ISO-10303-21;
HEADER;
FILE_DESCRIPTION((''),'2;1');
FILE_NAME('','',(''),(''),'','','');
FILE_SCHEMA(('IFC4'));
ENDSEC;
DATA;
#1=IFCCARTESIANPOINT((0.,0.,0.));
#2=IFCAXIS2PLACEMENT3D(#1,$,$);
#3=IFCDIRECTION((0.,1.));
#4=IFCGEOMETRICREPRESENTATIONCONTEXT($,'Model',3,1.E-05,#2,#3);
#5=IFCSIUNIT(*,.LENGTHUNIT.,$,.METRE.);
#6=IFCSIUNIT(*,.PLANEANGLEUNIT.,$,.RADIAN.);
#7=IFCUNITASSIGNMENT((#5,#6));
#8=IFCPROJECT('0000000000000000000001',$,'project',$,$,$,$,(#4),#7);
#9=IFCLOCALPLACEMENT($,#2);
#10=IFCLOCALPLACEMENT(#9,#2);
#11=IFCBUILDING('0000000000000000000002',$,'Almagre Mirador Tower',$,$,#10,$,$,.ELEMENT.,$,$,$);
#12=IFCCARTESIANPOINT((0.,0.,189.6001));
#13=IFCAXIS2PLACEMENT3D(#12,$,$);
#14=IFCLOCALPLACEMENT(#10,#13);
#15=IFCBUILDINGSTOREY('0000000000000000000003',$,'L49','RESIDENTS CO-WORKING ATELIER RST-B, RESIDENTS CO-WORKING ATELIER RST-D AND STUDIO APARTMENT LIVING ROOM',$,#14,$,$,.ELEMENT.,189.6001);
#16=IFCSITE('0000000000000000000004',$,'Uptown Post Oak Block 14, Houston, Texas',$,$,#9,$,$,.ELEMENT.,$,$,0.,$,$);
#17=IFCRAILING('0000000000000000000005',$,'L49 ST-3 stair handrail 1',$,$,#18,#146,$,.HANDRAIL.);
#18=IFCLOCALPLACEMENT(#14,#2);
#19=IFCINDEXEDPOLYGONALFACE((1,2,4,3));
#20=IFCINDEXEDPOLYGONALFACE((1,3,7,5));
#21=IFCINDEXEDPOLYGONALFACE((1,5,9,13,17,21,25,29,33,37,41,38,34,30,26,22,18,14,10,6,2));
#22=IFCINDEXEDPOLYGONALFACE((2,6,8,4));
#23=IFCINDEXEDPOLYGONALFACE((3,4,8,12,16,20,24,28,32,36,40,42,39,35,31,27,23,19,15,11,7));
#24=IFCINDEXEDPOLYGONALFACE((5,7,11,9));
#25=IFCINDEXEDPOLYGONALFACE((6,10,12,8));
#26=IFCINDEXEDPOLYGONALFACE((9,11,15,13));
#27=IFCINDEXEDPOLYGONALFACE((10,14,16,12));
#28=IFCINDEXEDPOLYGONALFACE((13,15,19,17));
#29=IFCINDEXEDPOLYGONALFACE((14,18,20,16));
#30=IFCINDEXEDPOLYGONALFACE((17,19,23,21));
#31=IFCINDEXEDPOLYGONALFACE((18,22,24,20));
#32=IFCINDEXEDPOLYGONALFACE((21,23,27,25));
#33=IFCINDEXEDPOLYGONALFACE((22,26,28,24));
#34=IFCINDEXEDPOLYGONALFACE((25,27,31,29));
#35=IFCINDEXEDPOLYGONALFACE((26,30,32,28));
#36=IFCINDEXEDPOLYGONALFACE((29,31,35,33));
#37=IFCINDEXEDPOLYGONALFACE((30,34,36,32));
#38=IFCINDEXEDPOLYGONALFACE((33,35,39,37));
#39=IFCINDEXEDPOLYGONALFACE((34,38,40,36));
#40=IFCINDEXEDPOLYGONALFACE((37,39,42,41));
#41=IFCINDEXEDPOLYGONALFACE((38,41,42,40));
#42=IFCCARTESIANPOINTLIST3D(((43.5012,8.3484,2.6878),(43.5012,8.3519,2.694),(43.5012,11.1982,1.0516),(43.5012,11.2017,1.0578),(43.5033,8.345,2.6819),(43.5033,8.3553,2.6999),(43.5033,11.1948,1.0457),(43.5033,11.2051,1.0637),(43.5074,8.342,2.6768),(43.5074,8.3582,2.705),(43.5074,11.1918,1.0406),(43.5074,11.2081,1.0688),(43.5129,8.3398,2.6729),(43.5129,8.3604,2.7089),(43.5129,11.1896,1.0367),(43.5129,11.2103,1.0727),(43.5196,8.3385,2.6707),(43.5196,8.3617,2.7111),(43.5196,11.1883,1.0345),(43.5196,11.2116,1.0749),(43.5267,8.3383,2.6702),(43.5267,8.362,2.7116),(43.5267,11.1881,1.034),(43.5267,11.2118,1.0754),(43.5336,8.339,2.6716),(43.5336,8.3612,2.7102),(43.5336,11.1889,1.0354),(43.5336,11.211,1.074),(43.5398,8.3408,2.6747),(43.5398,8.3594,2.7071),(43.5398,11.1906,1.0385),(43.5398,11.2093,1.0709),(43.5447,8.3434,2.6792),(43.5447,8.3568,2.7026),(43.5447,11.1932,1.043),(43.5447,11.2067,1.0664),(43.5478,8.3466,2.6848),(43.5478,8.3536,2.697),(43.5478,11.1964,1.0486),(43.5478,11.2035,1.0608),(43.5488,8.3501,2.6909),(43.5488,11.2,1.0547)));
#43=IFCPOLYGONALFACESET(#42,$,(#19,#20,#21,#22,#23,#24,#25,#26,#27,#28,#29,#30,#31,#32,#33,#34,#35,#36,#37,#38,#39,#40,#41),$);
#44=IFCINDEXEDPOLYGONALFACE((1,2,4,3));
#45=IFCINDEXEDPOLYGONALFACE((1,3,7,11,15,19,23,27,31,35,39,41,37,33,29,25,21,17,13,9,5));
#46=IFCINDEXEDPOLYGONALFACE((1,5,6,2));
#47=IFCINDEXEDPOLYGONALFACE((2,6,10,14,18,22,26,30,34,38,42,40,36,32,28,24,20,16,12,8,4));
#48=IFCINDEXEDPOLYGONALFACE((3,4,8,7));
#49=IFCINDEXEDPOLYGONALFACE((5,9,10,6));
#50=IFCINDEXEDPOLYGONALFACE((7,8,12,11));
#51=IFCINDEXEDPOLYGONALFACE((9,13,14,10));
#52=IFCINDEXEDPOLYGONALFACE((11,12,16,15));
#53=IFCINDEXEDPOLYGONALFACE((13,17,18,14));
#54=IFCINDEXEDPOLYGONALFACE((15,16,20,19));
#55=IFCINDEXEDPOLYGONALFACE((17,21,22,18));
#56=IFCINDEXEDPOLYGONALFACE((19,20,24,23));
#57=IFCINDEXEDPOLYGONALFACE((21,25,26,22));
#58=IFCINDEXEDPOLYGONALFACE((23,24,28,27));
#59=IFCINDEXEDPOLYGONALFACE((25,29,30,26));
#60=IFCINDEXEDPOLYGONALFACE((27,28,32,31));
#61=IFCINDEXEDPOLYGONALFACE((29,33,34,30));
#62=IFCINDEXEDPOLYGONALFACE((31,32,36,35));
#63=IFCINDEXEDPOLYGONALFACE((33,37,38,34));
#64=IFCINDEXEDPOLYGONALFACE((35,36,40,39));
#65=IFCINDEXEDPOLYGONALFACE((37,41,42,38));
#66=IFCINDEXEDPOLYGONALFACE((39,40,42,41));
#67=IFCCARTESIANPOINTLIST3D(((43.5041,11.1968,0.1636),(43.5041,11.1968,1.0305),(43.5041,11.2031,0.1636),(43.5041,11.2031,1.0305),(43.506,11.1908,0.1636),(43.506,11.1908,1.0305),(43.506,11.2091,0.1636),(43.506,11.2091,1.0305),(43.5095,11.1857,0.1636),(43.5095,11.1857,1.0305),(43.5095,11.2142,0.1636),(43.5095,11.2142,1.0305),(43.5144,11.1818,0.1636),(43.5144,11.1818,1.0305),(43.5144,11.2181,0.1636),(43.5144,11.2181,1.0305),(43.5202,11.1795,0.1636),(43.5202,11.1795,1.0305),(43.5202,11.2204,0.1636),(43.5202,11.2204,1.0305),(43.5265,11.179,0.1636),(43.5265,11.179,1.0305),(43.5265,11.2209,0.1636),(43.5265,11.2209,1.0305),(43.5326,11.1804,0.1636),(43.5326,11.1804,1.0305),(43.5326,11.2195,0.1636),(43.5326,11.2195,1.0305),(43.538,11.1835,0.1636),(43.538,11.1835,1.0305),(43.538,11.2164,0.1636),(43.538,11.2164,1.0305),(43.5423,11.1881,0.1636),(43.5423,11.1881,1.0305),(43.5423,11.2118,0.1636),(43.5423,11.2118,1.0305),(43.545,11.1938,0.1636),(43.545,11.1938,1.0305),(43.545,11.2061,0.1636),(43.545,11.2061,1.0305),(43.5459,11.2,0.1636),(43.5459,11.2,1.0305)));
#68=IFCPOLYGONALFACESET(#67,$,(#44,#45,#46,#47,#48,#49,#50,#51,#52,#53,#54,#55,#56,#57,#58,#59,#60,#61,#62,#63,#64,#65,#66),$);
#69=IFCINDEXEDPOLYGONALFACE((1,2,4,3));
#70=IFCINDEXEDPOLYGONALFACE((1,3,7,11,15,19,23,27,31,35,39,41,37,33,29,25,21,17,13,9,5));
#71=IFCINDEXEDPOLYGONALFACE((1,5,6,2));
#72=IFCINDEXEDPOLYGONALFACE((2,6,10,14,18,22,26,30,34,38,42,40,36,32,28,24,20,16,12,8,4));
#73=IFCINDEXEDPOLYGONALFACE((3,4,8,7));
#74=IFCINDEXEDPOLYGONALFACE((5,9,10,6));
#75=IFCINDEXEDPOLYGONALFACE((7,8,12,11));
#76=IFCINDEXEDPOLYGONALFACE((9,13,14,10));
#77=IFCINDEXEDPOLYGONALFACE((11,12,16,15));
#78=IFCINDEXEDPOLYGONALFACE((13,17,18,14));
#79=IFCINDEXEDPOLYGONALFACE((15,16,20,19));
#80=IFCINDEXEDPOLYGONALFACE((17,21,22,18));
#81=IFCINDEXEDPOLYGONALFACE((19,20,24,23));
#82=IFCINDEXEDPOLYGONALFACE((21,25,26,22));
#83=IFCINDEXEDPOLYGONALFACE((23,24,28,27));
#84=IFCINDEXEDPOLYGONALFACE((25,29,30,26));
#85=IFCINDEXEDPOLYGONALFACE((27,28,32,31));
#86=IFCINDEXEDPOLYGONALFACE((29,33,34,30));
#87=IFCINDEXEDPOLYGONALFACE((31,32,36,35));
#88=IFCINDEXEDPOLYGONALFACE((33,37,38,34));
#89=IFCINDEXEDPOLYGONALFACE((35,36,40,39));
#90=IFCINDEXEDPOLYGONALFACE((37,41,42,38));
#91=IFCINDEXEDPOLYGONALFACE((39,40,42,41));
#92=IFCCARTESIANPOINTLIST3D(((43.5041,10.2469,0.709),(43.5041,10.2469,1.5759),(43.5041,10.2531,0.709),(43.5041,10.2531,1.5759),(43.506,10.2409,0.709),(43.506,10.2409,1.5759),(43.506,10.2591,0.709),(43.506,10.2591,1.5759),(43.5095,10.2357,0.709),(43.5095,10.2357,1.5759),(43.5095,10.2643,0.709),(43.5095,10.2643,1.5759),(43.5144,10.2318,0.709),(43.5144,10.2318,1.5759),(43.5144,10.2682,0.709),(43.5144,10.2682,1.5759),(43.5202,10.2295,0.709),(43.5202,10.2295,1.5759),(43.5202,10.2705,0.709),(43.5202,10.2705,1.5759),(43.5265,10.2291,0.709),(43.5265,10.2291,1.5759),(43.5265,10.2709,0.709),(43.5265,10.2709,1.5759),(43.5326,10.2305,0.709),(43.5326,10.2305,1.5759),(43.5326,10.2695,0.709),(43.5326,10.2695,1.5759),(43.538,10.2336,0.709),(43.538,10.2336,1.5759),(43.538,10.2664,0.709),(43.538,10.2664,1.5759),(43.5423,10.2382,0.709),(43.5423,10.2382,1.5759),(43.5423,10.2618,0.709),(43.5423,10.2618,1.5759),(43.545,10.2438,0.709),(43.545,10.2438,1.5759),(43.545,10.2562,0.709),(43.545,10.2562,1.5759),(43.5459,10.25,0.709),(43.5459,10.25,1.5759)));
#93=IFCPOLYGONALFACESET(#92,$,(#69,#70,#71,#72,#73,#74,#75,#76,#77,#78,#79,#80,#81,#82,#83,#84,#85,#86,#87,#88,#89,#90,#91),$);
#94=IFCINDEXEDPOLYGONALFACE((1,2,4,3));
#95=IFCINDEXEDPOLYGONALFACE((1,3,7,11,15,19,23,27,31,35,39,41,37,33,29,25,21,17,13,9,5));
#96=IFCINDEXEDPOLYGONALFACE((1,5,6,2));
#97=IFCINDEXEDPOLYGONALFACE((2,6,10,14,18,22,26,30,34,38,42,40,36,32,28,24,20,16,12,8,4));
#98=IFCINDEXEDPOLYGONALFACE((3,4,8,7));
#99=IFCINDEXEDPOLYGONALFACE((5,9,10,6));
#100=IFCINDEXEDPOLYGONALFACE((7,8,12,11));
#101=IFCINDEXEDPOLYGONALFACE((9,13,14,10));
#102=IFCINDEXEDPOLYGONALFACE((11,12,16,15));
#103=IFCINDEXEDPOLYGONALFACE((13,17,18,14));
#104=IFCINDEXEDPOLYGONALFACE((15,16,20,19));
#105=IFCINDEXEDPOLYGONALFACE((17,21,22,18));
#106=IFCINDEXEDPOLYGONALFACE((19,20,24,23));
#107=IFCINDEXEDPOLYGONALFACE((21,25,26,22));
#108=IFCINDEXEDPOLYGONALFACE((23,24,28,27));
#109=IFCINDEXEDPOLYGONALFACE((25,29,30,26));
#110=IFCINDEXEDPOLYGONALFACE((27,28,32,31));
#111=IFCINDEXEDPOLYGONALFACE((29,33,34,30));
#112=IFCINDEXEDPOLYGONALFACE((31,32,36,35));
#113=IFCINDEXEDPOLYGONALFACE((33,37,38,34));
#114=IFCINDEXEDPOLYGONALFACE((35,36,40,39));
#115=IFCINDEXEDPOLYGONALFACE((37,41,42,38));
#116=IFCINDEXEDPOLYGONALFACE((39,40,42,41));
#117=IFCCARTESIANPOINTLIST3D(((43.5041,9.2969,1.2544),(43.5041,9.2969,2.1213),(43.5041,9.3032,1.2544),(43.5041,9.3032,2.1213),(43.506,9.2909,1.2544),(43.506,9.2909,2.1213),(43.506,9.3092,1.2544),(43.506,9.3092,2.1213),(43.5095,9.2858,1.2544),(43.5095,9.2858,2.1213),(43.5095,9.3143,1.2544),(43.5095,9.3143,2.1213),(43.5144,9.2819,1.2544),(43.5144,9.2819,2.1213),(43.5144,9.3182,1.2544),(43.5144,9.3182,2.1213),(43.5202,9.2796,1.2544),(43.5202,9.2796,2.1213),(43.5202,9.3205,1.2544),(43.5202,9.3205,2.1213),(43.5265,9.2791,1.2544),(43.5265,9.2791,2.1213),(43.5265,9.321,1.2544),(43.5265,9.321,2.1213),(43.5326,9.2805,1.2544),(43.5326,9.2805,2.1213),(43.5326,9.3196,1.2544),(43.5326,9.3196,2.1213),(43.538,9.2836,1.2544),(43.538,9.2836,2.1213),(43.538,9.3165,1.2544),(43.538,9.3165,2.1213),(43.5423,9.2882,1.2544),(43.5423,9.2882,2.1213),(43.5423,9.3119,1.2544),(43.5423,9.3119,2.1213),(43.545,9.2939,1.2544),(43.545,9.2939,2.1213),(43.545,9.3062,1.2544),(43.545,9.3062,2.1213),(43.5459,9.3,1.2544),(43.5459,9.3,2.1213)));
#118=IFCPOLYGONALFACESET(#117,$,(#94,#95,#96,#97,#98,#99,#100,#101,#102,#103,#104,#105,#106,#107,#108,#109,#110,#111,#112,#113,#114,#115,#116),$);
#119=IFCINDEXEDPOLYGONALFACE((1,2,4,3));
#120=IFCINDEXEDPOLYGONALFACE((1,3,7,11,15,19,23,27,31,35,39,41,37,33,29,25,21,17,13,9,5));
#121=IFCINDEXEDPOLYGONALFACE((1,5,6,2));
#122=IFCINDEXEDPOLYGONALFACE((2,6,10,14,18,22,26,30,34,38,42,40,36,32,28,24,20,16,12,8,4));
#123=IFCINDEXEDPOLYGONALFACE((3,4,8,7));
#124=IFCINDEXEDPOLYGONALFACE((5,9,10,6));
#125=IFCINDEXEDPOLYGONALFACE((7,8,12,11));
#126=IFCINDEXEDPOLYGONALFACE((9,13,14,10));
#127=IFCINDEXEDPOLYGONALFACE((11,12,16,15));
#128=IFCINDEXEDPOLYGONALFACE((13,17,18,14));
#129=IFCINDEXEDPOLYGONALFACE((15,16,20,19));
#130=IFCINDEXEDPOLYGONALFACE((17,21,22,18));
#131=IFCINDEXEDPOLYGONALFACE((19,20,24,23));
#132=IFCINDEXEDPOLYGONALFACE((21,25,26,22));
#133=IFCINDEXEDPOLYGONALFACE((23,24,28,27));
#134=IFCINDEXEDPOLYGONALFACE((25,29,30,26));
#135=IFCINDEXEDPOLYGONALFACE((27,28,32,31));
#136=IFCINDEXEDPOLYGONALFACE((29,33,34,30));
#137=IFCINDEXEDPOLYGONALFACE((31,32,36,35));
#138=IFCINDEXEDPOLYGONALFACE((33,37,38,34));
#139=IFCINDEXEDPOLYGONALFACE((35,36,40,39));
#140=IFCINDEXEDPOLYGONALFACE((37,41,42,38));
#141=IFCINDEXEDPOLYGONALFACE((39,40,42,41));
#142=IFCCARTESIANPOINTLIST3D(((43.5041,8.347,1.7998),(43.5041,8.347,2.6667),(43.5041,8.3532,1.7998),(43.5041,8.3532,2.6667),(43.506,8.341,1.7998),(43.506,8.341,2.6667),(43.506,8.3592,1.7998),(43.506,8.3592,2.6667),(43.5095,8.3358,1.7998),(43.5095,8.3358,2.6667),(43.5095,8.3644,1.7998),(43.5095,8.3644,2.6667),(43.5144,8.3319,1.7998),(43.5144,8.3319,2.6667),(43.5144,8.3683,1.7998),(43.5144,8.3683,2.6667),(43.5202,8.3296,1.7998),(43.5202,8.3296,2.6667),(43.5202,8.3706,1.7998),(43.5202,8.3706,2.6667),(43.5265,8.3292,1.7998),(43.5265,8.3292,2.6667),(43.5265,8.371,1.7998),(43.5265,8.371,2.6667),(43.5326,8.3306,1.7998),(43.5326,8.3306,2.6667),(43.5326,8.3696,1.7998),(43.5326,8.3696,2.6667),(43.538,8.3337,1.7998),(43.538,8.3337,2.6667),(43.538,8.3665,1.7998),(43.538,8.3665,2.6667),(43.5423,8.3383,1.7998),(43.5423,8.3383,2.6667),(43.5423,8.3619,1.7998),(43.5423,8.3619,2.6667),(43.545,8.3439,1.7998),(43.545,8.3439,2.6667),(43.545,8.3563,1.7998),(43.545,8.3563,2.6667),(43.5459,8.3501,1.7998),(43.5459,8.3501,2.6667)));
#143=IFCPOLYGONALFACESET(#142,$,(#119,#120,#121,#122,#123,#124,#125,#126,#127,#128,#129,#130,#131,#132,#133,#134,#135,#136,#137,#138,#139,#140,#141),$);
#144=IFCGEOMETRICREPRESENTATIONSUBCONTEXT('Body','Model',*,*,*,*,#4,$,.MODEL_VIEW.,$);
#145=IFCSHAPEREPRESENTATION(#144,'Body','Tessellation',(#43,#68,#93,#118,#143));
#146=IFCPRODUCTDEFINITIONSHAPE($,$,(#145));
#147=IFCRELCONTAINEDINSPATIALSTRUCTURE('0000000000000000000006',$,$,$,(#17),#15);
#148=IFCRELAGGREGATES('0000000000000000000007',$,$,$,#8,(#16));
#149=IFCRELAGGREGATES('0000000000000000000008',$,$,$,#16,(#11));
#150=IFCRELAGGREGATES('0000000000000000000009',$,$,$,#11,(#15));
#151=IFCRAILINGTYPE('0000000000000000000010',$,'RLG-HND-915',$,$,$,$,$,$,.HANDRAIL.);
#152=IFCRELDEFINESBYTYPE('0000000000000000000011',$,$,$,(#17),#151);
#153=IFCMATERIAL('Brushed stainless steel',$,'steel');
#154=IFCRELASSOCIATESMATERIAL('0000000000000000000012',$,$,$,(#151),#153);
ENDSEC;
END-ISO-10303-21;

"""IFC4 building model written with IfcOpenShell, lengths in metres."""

from ifc_helpers import new_model, si_unit, direction, frame, origin, origin_2d, place, context, subcontext, project, spatial, circle, extrude, material, type_object, element, save


model = new_model("IFC4")

# Units and contexts
model_context = context("Model", 3, precision=1e-05, world=origin(), true_north=direction((0.0, 1.0)))
body_context = subcontext(model_context, "Body", "Model", "MODEL_VIEW")
ifc_project = project(units=[si_unit("LENGTHUNIT", "METRE"), si_unit("PLANEANGLEUNIT", "RADIAN")], contexts=[model_context])

# Site, building, storey
site_placement = place(None, origin())
site = spatial("IfcSite", under=ifc_project, at=site_placement, Name="Uptown Post Oak Block 14, Houston, Texas", CompositionType="ELEMENT", RefElevation=0.0)
building_placement = place(site_placement, origin())
building = spatial("IfcBuilding", under=site, at=building_placement, Name="Almagre Mirador Tower", CompositionType="ELEMENT")
storey_placement = place(building_placement, frame((0.0, 0.0, 189.6001)))
storey = spatial("IfcBuildingStorey", under=building, at=storey_placement, Name="L49", Description="RESIDENTS CO-WORKING ATELIER RST-B, RESIDENTS CO-WORKING ATELIER RST-D AND STUDIO APARTMENT LIVING ROOM", CompositionType="ELEMENT", Elevation=189.6001)

# Railing
ifc_material_1 = material(Name="Brushed stainless steel", Category="steel")
railing_type_1 = type_object("IfcRailingType", Name="RLG-HND-915", PredefinedType="HANDRAIL", material=ifc_material_1)
railing_1_placement = place(storey_placement, frame((43.5249, 11.2, 0.1636)))
element("IfcRailing", 1, at=railing_1_placement, inside=storey, type_object=railing_type_1, Name="L49 ST-3 stair handrail 1", PredefinedType="HANDRAIL", context=body_context, shape_type="SweptSolid", body=[
    extrude(circle(Radius=0.0239, at=origin_2d()), frame((0.0, 0.0, 0.8911), z_axis=(0.0, -0.867226, 0.497914), x_axis=(1.0, 0.0, 0.0)), (0.0, 0.0, 1.0), 3.2861),
    extrude(circle(Radius=0.021, at=origin_2d()), origin(), (0.0, 0.0, 1.0), 0.8669),
    extrude(circle(Radius=0.021, at=origin_2d()), frame((0.0, -0.95, 0.5454)), (0.0, 0.0, 1.0), 0.8669),
    extrude(circle(Radius=0.021, at=origin_2d()), frame((0.0, -1.8999, 1.0908)), (0.0, 0.0, 1.0), 0.8669),
    extrude(circle(Radius=0.021, at=origin_2d()), frame((0.0, -2.8499, 1.6362)), (0.0, 0.0, 1.0), 0.8669),
])

save(model, "model.ifc")
